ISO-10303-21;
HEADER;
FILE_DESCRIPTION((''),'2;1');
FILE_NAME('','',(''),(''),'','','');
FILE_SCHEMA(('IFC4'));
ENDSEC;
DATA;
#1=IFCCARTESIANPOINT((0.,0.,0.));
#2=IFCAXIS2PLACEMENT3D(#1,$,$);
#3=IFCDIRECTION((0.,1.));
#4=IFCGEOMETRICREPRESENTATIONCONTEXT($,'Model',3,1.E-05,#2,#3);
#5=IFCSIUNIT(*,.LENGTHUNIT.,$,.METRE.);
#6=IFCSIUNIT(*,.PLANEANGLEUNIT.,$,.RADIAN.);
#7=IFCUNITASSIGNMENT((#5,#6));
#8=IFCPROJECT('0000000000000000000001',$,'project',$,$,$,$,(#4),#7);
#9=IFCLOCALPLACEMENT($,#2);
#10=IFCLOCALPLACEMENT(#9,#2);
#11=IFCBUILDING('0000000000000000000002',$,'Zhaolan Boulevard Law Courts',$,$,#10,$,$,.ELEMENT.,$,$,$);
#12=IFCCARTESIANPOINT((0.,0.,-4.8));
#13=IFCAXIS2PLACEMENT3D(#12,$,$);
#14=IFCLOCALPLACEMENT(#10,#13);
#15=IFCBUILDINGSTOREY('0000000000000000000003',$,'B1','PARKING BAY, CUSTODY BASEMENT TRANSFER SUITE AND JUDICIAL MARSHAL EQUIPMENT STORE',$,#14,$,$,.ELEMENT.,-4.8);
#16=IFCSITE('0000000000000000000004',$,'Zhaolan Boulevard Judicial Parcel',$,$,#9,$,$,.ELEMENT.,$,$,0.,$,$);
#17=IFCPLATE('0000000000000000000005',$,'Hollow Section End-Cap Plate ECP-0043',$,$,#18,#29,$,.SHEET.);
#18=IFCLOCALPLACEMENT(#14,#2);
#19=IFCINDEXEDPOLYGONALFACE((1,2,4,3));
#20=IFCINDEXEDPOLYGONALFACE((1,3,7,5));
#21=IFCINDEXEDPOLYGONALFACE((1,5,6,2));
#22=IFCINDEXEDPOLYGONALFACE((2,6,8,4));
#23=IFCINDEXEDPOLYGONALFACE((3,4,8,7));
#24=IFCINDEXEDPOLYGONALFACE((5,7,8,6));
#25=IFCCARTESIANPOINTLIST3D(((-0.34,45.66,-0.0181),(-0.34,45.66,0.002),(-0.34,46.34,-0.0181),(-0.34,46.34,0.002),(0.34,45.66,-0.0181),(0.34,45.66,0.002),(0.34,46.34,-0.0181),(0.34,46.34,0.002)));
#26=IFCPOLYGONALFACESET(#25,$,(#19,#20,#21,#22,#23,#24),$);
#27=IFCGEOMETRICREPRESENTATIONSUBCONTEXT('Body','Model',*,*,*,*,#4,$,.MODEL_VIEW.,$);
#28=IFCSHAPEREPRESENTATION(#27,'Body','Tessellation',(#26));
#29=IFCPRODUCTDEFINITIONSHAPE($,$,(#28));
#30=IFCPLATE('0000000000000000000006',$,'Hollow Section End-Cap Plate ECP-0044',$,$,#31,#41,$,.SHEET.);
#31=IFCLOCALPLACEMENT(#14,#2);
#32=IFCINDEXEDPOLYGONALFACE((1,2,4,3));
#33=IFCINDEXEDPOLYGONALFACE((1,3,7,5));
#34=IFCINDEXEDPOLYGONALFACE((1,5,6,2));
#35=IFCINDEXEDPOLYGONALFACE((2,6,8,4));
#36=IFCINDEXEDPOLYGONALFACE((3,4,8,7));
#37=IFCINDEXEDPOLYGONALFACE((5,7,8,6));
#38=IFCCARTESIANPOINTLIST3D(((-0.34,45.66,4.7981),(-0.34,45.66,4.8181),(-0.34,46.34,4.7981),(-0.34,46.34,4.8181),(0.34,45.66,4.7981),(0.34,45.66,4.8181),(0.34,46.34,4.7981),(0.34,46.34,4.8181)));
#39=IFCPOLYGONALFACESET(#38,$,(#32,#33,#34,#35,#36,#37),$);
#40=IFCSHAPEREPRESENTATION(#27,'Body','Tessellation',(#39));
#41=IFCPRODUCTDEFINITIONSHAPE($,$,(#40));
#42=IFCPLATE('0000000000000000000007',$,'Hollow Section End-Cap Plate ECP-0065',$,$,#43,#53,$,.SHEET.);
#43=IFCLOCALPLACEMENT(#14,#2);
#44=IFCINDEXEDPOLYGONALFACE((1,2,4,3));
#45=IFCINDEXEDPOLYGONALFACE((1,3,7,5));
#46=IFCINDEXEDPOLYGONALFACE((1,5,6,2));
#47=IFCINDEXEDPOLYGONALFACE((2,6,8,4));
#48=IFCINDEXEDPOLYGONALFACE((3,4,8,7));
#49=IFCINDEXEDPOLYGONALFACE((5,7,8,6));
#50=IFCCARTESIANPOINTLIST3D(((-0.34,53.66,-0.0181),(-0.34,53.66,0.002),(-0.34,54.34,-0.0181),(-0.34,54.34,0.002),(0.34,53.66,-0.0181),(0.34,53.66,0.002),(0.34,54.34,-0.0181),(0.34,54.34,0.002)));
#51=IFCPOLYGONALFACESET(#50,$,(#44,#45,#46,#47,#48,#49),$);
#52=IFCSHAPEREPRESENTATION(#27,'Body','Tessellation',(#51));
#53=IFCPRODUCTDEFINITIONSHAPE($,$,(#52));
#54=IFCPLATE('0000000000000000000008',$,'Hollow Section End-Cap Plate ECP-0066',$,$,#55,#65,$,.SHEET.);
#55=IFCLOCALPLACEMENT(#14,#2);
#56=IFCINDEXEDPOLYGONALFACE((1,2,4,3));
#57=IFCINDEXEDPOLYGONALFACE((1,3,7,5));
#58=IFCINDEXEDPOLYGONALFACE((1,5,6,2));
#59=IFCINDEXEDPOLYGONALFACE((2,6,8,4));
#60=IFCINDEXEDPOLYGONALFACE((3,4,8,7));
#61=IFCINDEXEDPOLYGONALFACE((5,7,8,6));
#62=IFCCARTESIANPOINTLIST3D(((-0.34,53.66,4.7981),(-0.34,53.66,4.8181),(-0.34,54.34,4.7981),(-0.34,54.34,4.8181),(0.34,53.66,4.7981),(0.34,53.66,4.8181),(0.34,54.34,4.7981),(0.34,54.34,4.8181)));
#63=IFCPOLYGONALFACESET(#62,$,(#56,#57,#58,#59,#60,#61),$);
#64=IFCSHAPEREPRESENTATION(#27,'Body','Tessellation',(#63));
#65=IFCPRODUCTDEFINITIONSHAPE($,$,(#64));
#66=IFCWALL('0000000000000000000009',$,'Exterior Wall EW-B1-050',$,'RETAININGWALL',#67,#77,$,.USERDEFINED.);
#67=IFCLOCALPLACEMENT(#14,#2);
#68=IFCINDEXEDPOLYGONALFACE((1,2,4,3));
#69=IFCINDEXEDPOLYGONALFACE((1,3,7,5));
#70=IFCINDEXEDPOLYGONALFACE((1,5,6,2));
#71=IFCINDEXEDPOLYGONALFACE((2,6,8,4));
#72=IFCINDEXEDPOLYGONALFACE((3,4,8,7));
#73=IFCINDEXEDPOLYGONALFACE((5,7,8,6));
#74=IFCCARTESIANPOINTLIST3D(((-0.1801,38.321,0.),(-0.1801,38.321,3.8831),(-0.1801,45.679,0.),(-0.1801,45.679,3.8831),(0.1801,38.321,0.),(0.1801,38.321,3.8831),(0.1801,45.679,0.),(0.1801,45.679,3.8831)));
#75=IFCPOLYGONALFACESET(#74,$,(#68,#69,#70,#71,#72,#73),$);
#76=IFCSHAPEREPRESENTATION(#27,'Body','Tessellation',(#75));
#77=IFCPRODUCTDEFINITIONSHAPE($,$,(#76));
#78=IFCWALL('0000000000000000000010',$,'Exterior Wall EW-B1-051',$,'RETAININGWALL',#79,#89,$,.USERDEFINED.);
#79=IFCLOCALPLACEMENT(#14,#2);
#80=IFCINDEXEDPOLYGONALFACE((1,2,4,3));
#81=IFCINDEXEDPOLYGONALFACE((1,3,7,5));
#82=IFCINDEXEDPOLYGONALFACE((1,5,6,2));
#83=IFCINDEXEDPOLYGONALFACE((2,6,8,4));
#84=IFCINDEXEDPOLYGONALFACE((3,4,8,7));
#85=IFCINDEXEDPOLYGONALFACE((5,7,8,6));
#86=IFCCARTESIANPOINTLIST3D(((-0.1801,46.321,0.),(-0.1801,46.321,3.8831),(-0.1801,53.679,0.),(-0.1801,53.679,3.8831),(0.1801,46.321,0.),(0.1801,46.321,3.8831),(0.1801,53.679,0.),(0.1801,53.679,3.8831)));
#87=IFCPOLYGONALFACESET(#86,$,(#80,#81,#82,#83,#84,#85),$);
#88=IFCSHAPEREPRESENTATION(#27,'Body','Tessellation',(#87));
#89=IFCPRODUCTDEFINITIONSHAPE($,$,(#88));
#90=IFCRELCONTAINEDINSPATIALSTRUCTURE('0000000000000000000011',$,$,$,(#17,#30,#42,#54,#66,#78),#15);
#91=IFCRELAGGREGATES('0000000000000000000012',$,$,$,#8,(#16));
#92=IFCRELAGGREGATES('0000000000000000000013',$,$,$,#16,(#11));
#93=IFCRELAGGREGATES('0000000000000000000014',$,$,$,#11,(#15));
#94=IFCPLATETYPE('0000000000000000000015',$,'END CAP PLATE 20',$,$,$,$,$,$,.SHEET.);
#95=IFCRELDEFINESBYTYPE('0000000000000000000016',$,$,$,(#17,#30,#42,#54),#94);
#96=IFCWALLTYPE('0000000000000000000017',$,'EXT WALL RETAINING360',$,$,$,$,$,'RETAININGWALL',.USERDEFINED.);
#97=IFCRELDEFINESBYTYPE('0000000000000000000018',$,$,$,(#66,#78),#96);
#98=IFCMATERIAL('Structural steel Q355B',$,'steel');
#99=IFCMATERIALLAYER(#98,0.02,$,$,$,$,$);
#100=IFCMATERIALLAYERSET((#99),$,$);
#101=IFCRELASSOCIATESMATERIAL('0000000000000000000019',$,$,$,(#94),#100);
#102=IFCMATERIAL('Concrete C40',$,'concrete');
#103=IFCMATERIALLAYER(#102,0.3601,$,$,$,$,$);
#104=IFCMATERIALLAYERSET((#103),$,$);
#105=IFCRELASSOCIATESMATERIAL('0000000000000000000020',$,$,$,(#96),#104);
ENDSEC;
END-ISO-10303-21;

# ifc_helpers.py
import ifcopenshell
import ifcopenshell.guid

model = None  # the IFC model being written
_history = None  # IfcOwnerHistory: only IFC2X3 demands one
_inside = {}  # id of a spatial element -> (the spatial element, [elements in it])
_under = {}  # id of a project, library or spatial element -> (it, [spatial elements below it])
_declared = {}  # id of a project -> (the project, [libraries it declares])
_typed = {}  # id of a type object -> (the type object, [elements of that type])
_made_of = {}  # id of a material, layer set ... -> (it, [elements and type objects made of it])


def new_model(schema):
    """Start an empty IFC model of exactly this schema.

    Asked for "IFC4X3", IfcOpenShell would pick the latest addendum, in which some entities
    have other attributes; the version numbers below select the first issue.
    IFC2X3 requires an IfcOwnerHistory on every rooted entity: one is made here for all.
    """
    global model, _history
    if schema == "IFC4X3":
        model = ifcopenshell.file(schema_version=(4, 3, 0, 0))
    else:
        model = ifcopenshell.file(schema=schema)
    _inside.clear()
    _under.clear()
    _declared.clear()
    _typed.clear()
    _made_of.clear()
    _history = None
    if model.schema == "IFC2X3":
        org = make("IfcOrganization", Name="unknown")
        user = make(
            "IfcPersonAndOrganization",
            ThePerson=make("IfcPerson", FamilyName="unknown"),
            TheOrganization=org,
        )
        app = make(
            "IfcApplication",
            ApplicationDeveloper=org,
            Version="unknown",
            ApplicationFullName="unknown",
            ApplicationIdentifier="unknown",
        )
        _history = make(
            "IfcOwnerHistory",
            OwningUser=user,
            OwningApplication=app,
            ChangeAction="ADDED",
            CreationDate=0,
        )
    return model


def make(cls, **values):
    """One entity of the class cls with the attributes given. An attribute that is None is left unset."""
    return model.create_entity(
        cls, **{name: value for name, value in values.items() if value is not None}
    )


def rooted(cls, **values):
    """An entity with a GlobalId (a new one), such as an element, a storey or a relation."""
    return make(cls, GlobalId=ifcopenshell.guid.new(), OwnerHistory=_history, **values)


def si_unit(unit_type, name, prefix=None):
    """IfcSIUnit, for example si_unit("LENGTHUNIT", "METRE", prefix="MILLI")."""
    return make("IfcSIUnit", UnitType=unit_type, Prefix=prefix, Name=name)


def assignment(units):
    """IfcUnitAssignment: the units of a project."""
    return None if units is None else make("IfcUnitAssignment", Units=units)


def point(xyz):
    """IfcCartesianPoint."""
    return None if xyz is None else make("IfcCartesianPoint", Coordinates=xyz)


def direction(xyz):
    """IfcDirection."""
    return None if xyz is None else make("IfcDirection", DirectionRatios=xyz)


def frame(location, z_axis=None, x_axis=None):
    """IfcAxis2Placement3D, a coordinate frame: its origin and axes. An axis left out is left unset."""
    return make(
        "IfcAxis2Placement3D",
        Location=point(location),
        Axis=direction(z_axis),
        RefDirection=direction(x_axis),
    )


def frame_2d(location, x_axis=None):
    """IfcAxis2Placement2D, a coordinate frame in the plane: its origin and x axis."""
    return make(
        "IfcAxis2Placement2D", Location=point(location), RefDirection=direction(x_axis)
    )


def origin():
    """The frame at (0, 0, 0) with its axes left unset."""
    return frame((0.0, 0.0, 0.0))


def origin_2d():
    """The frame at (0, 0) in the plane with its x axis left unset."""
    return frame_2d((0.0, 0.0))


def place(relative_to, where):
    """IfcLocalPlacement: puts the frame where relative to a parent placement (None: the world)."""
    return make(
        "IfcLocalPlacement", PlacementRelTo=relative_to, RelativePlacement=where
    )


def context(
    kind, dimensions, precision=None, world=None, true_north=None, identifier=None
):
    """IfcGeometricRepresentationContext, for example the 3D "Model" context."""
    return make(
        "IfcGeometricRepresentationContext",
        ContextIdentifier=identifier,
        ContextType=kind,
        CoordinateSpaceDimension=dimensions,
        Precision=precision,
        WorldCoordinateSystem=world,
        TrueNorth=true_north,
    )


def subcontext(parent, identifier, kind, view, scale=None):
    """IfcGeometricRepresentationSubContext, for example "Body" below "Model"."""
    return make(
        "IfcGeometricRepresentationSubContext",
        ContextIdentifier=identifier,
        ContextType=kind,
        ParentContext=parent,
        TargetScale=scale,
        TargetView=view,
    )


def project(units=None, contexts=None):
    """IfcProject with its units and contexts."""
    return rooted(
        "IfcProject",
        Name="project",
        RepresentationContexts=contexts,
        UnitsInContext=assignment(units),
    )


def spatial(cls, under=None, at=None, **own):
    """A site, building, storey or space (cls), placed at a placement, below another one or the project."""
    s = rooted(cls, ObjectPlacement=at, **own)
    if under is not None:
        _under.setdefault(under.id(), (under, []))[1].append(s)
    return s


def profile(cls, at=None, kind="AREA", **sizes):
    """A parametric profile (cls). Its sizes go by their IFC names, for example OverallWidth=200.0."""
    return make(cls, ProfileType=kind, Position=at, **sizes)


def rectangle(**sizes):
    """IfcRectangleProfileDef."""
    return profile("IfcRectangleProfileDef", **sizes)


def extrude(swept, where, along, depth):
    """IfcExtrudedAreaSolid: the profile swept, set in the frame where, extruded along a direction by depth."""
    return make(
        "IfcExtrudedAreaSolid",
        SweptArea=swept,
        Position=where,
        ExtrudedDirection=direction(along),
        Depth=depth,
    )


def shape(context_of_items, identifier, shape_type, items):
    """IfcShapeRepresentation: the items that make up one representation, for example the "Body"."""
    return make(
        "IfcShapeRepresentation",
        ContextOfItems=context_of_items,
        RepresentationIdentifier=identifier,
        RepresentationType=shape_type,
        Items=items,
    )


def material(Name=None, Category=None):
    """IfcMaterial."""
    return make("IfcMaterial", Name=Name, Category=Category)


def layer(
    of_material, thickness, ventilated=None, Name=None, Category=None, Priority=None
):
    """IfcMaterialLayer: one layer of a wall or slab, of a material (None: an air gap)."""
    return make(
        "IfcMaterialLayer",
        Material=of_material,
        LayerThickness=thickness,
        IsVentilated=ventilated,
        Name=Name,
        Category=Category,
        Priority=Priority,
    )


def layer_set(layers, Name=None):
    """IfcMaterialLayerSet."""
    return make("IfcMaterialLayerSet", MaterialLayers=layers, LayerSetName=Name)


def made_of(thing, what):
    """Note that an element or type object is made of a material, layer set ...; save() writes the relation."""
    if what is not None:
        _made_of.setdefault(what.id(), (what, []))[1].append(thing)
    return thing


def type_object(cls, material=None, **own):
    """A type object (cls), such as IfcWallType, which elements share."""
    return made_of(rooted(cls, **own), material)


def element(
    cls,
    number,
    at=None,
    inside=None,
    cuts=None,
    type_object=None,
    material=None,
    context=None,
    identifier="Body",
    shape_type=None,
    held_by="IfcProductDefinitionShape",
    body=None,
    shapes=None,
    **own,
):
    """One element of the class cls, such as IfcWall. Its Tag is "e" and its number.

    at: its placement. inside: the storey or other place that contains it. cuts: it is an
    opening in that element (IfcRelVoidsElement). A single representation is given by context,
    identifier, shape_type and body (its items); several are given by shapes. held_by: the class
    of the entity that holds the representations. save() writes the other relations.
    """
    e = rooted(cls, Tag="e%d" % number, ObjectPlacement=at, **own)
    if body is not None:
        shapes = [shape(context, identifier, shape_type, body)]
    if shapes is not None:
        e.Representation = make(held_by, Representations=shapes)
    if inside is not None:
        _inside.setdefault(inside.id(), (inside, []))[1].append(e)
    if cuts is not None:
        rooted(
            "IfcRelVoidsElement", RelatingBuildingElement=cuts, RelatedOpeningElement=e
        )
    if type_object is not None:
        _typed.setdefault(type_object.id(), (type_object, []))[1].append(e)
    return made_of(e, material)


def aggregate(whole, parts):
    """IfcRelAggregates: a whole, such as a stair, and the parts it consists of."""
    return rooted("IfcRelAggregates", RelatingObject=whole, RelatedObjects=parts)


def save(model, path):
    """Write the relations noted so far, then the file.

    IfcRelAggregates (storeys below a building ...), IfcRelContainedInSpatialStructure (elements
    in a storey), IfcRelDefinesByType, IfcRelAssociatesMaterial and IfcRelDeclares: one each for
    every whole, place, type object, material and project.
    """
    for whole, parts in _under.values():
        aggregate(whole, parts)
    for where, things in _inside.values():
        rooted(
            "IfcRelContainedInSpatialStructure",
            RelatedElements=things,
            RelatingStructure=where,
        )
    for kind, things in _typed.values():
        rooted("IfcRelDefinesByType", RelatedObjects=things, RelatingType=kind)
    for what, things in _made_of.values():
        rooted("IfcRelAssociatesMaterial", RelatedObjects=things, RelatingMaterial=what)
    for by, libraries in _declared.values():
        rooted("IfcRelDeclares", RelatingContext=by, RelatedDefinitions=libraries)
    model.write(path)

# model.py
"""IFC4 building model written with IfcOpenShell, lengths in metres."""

from ifc_helpers import new_model, si_unit, direction, frame, frame_2d, origin, origin_2d, place, context, subcontext, project, spatial, rectangle, extrude, material, layer, layer_set, type_object, element, save


model = new_model("IFC4")

# Units and contexts
model_context = context("Model", 3, precision=1e-05, world=origin(), true_north=direction((0.0, 1.0)))
body_context = subcontext(model_context, "Body", "Model", "MODEL_VIEW")
ifc_project = project(units=[si_unit("LENGTHUNIT", "METRE"), si_unit("PLANEANGLEUNIT", "RADIAN")], contexts=[model_context])

# Site, building, storey
site_placement = place(None, origin())
site = spatial("IfcSite", under=ifc_project, at=site_placement, Name="Zhaolan Boulevard Judicial Parcel", CompositionType="ELEMENT", RefElevation=0.0)
building_placement = place(site_placement, origin())
building = spatial("IfcBuilding", under=site, at=building_placement, Name="Zhaolan Boulevard Law Courts", CompositionType="ELEMENT")
storey_placement = place(building_placement, frame((0.0, 0.0, -4.8)))
storey = spatial("IfcBuildingStorey", under=building, at=storey_placement, Name="B1", Description="PARKING BAY, CUSTODY BASEMENT TRANSFER SUITE AND JUDICIAL MARSHAL EQUIPMENT STORE", CompositionType="ELEMENT", Elevation=-4.8)

# Plates
ifc_material_1 = material(Name="Structural steel Q355B", Category="steel")
ifc_layer_1 = layer(ifc_material_1, 0.02)
ifc_layer_set_1 = layer_set([ifc_layer_1])
plate_type = type_object("IfcPlateType", Name="END CAP PLATE 20", PredefinedType="SHEET", material=ifc_layer_set_1)
for number, where, z_axis, x_axis, name in (
    (1, (0.0, 46.0, -0.0181), (0.0, 0.0, 1.0), (1.0, 0.0, 0.0), "Hollow Section End-Cap Plate ECP-0043"),
    (2, (0.0, 46.0, 4.7981), (0.0, 0.0, 1.0), (1.0, 0.0, 0.0), "Hollow Section End-Cap Plate ECP-0044"),
    (3, (0.0, 54.0, -0.0181), (0.0, 0.0, 1.0), (1.0, 0.0, 0.0), "Hollow Section End-Cap Plate ECP-0065"),
    (4, (0.0, 54.0, 4.7981), (0.0, 0.0, 1.0), (1.0, 0.0, 0.0), "Hollow Section End-Cap Plate ECP-0066"),
):
    element("IfcPlate", number, at=place(storey_placement, frame(where, z_axis=z_axis, x_axis=x_axis)), inside=storey, type_object=plate_type, Name=name, PredefinedType="SHEET", context=body_context, shape_type="SweptSolid", body=[
        extrude(rectangle(XDim=0.6799, YDim=0.6799, at=origin_2d()), origin(), (0.0, 0.0, 1.0), 0.02),
    ])

# Walls
ifc_material_2 = material(Name="Concrete C40", Category="concrete")
ifc_layer_2 = layer(ifc_material_2, 0.3601)
ifc_layer_set_2 = layer_set([ifc_layer_2])
wall_type = type_object("IfcWallType", Name="EXT WALL RETAINING360", ElementType="RETAININGWALL", PredefinedType="USERDEFINED", material=ifc_layer_set_2)
for number, where, z_axis, x_axis, name in (
    (5, (0.0, 45.679, 0.0), (0.0, 0.0, 1.0), (0.0, -1.0, 0.0), "Exterior Wall EW-B1-050"),
    (6, (0.0, 53.679, 0.0), (0.0, 0.0, 1.0), (0.0, -1.0, 0.0), "Exterior Wall EW-B1-051"),
):
    element("IfcWall", number, at=place(storey_placement, frame(where, z_axis=z_axis, x_axis=x_axis)), inside=storey, type_object=wall_type, Name=name, ObjectType="RETAININGWALL", PredefinedType="USERDEFINED", context=body_context, shape_type="SweptSolid", body=[
        extrude(rectangle(XDim=7.3579, YDim=0.3601, at=frame_2d((3.679, 0.0))), origin(), (0.0, 0.0, 1.0), 3.8831),
    ])

save(model, "model.ifc")
